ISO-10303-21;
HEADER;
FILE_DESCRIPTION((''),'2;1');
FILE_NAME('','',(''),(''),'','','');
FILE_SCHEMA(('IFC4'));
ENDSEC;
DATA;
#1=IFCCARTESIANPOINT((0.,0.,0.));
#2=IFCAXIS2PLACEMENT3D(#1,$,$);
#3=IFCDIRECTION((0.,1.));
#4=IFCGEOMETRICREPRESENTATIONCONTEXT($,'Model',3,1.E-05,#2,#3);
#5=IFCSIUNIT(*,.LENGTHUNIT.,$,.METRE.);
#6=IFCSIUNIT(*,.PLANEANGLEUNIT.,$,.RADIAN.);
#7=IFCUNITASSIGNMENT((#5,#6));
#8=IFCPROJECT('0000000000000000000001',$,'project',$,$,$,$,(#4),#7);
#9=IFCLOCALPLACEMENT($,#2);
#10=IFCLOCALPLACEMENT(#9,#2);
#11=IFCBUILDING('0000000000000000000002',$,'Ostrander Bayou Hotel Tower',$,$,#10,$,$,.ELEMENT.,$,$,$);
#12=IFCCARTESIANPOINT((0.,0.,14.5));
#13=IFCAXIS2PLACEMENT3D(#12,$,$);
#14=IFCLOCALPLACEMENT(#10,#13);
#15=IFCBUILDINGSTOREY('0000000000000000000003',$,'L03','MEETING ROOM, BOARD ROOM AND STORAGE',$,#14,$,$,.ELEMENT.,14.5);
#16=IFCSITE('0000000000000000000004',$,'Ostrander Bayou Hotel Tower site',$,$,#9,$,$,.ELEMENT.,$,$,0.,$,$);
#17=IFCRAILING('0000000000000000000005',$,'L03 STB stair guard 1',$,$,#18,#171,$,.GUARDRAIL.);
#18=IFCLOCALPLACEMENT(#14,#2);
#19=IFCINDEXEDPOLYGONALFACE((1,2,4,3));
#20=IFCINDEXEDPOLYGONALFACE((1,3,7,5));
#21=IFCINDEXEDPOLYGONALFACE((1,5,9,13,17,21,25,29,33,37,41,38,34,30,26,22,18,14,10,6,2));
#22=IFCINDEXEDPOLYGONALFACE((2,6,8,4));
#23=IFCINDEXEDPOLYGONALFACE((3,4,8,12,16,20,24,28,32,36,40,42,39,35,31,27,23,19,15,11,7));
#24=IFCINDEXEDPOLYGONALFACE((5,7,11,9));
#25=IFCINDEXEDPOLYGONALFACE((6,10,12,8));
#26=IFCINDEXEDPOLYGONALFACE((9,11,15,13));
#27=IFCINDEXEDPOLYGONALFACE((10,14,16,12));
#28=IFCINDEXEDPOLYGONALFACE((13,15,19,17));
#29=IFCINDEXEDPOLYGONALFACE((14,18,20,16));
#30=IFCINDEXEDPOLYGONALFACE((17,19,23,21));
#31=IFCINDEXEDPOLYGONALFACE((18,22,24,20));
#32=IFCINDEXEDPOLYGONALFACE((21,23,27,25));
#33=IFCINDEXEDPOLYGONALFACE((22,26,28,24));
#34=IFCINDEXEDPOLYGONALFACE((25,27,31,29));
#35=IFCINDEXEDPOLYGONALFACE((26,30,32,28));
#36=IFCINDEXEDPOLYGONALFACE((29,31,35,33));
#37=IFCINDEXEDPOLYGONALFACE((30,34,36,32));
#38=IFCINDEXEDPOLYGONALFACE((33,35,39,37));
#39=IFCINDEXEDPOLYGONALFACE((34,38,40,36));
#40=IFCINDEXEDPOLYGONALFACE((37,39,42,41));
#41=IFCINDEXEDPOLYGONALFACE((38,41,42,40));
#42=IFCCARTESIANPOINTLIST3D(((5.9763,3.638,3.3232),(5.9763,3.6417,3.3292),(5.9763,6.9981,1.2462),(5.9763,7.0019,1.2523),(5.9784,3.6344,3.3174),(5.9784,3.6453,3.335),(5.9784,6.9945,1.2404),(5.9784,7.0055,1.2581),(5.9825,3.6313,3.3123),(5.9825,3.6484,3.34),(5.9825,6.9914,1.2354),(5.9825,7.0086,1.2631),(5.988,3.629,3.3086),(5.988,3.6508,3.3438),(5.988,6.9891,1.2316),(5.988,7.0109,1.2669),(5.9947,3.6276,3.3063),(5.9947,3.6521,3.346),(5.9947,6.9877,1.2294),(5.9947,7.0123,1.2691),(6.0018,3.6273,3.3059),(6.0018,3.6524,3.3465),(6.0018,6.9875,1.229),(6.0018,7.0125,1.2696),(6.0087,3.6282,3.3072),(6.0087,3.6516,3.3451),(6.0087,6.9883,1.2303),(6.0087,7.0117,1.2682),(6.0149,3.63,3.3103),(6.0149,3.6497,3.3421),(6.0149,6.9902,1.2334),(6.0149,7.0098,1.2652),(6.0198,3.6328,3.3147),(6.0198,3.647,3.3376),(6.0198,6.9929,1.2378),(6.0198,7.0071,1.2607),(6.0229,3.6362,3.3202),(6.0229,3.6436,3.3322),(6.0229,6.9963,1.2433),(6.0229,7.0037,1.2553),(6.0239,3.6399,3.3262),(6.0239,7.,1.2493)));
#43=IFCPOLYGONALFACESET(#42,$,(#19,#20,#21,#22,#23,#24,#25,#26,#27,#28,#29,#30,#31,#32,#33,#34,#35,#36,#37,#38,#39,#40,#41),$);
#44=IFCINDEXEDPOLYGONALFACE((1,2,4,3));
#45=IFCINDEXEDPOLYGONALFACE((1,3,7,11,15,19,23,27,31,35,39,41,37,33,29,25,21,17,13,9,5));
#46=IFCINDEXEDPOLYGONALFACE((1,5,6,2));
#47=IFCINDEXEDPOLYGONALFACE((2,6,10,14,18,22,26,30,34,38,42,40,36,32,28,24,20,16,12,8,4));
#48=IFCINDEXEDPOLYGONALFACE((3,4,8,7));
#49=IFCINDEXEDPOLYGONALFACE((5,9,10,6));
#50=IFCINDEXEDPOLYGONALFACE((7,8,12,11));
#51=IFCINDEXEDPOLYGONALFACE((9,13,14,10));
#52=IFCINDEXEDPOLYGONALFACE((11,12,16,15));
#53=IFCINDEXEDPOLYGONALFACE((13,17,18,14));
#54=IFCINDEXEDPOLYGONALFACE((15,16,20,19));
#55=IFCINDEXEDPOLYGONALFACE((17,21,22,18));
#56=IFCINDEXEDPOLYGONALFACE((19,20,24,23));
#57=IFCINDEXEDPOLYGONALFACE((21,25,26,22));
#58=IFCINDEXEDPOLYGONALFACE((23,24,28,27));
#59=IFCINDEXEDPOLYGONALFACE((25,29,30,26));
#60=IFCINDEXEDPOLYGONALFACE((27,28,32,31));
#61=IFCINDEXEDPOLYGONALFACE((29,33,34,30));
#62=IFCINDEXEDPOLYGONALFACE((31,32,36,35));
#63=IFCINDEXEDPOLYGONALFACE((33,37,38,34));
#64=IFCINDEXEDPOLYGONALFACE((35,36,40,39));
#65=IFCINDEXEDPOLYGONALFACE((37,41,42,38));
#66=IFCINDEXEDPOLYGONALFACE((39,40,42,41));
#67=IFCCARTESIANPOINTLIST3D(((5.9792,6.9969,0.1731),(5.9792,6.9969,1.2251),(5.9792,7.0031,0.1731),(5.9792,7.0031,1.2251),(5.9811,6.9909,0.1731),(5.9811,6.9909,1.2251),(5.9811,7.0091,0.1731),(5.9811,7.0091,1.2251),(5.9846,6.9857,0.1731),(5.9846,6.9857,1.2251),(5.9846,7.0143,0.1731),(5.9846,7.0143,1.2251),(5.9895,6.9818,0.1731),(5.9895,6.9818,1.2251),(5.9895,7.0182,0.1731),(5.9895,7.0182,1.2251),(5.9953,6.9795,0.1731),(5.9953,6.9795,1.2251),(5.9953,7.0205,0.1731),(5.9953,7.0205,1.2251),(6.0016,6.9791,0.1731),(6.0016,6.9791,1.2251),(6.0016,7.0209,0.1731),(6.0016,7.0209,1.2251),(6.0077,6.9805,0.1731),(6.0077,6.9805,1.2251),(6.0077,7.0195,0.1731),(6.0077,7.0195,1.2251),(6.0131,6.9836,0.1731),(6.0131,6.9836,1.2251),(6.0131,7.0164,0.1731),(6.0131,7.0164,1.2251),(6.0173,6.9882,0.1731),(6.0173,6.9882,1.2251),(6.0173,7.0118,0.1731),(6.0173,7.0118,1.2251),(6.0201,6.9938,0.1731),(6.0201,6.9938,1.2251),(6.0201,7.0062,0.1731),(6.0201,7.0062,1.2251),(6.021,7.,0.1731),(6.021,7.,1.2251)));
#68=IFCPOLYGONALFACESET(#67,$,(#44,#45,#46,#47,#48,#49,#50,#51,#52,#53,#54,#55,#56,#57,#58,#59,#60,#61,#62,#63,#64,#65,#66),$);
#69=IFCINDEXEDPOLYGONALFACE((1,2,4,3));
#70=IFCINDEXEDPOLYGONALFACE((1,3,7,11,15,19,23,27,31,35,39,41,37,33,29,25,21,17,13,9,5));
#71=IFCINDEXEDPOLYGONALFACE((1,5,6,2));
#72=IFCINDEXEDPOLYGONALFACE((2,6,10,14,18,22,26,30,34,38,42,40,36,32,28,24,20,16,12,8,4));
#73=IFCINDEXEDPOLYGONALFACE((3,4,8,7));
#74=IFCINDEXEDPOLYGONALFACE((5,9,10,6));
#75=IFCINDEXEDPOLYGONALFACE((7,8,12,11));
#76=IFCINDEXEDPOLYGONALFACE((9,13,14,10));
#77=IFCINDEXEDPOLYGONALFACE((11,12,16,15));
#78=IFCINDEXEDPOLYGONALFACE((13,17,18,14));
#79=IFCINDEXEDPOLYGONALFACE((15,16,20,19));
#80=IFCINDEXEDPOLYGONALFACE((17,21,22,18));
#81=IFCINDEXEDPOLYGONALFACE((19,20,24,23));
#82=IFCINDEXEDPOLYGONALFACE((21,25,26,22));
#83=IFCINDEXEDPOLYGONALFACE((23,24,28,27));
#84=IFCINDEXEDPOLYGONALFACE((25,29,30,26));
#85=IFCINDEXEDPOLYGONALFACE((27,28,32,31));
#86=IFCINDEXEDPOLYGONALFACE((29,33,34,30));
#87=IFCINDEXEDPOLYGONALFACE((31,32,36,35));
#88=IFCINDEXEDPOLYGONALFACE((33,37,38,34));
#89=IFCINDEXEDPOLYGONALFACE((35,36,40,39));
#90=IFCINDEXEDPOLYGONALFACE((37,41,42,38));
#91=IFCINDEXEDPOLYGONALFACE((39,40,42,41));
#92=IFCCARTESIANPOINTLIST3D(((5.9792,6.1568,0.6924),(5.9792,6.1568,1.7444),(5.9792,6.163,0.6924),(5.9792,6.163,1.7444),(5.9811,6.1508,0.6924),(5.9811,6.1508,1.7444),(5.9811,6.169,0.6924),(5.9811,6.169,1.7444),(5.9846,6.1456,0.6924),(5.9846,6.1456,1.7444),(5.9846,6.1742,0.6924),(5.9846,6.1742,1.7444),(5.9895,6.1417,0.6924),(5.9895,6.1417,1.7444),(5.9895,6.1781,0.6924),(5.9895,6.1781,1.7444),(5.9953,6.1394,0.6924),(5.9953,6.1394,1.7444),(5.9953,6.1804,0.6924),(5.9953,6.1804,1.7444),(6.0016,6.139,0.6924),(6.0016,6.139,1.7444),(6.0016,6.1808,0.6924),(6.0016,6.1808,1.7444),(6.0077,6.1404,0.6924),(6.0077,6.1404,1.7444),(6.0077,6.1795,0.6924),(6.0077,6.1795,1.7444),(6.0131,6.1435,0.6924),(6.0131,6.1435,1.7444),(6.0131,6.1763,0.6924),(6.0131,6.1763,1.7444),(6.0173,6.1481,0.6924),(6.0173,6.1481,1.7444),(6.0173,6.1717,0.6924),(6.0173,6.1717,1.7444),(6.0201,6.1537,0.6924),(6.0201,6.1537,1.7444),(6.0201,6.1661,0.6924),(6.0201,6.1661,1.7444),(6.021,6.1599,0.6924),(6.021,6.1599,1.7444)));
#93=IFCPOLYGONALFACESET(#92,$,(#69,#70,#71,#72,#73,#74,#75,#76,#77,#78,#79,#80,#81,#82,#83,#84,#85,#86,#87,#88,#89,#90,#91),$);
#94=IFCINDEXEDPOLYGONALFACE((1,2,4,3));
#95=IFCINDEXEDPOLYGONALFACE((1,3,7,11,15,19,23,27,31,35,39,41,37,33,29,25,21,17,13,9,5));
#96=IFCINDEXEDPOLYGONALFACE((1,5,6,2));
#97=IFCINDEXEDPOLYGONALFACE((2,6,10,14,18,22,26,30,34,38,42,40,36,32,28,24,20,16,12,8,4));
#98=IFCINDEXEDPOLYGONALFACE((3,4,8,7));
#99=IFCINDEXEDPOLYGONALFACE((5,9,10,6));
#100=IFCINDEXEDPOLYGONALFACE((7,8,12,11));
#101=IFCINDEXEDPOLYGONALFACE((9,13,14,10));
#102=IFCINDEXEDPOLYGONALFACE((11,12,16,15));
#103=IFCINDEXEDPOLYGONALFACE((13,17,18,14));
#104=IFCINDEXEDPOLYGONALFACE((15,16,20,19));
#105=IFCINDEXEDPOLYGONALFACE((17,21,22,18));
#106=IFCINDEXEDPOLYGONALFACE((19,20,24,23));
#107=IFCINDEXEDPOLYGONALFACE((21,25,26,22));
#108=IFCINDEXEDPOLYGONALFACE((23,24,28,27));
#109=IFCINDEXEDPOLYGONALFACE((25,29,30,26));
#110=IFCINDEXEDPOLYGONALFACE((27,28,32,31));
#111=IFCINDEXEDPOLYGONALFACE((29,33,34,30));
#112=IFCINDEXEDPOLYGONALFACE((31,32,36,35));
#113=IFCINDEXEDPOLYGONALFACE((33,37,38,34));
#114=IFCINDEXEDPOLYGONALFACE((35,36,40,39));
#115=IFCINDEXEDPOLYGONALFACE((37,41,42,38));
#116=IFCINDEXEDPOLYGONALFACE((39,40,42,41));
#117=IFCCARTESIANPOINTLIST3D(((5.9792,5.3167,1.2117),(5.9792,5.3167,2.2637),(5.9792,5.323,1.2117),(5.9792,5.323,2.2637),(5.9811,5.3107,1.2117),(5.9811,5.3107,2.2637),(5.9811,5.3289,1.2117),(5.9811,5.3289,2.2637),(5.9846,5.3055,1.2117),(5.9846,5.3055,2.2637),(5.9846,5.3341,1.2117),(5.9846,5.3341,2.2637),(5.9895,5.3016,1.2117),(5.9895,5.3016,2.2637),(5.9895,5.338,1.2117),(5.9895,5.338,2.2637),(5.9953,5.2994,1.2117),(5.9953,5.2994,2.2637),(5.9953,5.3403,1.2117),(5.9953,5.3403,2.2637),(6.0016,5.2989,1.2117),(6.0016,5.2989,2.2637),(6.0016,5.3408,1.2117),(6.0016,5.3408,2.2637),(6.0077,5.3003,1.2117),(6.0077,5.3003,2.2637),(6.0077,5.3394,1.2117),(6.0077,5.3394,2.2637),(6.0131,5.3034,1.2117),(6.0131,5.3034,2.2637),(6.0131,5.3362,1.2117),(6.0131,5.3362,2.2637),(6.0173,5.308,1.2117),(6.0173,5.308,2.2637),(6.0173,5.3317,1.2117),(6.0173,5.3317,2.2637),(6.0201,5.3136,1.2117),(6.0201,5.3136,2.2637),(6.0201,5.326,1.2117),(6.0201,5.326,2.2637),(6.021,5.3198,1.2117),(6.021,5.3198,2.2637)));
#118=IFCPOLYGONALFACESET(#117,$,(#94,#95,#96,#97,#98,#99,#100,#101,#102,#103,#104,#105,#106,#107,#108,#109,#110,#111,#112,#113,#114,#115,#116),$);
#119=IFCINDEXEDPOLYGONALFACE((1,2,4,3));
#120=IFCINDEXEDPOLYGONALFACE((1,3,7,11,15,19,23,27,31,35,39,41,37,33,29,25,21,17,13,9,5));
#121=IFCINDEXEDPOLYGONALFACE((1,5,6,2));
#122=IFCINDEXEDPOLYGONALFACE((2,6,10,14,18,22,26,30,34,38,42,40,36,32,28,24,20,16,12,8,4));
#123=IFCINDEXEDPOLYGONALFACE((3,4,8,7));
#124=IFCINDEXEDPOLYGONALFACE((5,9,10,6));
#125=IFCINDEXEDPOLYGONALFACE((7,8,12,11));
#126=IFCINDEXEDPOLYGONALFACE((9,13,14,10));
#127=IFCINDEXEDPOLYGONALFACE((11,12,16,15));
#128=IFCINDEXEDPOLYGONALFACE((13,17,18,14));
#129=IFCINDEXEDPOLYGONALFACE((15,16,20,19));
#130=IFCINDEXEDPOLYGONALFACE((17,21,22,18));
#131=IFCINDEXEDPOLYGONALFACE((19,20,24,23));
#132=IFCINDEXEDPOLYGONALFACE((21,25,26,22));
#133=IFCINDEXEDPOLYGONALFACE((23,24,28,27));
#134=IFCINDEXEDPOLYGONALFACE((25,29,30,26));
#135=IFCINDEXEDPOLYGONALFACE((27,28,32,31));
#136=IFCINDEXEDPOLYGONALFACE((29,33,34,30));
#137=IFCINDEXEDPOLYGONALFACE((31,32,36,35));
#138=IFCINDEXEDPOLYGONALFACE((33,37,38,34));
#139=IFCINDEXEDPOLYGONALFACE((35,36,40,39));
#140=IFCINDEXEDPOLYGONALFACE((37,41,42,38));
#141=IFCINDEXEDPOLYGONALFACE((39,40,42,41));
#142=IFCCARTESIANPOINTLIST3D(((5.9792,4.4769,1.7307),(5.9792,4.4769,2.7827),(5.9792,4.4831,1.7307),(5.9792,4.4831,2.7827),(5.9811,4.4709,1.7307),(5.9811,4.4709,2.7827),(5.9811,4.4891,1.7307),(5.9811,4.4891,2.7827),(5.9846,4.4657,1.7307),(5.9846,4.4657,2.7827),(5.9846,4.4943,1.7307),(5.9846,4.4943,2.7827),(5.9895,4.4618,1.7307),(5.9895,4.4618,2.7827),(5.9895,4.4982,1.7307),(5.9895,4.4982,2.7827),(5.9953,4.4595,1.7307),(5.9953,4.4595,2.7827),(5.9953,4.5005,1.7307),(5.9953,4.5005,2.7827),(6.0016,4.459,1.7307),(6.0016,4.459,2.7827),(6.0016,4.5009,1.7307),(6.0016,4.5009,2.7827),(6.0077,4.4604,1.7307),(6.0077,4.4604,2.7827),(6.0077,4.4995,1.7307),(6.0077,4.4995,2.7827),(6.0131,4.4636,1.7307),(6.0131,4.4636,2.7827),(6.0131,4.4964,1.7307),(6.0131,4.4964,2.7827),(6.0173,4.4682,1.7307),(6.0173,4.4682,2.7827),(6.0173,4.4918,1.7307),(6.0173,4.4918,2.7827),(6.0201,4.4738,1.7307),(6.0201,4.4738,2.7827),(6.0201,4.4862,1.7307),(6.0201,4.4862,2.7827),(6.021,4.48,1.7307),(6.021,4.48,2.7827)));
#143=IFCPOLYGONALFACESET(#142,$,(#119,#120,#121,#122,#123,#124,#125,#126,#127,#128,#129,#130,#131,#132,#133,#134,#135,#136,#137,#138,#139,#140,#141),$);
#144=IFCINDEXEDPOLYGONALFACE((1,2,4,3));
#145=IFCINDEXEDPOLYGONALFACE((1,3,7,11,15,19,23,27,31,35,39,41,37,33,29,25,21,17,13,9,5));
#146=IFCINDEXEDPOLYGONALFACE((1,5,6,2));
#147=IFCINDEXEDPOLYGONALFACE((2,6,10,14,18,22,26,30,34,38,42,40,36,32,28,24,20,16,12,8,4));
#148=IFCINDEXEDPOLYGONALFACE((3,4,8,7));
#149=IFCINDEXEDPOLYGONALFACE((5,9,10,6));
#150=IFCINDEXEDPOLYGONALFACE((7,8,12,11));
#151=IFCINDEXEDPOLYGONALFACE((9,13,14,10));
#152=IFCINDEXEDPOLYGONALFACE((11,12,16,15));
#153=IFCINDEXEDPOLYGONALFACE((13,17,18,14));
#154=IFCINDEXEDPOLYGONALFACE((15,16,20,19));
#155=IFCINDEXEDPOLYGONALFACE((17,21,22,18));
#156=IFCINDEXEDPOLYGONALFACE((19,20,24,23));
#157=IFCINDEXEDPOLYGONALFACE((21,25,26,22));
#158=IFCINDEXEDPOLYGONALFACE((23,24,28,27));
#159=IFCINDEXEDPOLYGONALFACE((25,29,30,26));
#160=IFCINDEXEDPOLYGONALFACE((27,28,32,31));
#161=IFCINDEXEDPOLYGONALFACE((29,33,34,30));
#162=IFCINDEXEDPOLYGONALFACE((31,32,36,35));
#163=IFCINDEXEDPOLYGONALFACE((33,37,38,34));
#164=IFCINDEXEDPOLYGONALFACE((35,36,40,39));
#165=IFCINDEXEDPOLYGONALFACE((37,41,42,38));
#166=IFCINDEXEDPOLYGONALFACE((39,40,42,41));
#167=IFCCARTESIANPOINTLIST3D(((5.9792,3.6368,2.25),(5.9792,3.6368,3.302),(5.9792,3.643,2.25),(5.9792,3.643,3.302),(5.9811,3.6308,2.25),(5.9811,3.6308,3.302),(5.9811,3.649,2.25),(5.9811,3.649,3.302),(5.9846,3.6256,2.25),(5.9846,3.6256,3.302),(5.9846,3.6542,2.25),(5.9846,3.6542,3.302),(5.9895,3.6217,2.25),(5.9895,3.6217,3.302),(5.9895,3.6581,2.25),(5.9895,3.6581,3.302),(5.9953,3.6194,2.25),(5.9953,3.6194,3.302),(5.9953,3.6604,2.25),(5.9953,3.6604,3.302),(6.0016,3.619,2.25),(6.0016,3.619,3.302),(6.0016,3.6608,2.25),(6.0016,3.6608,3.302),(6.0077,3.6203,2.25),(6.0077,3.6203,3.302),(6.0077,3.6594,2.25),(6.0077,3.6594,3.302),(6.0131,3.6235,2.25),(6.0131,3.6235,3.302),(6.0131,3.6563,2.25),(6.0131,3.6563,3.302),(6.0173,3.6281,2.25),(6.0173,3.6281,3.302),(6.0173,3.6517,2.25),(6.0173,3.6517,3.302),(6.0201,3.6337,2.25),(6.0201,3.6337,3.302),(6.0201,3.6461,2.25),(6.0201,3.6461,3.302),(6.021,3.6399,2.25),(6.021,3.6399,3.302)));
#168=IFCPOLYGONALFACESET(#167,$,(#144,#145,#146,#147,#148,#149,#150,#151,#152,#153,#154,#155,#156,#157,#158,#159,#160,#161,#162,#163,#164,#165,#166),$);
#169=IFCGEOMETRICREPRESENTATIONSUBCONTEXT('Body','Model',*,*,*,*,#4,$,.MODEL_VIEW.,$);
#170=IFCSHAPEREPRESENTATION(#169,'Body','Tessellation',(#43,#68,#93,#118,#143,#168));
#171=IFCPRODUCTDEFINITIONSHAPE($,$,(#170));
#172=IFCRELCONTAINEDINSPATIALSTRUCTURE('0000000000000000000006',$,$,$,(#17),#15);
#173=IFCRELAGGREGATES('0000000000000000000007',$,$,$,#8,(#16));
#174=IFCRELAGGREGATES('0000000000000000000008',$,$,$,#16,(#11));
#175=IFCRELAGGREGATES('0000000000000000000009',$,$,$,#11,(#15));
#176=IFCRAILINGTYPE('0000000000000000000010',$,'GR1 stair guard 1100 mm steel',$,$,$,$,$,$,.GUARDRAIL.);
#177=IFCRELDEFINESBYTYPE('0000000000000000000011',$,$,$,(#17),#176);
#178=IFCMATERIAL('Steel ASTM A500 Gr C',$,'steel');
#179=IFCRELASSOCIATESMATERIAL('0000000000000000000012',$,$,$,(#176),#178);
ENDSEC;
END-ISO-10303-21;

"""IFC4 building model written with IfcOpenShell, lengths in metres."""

from ifc_helpers import new_model, si_unit, direction, frame, origin, origin_2d, place, context, subcontext, project, spatial, circle, extrude, material, type_object, element, save


model = new_model("IFC4")

# Units and contexts
model_context = context("Model", 3, precision=1e-05, world=origin(), true_north=direction((0.0, 1.0)))
body_context = subcontext(model_context, "Body", "Model", "MODEL_VIEW")
ifc_project = project(units=[si_unit("LENGTHUNIT", "METRE"), si_unit("PLANEANGLEUNIT", "RADIAN")], contexts=[model_context])

# Site, building, storey
site_placement = place(None, origin())
site = spatial("IfcSite", under=ifc_project, at=site_placement, Name="Ostrander Bayou Hotel Tower site", CompositionType="ELEMENT", RefElevation=0.0)
building_placement = place(site_placement, origin())
building = spatial("IfcBuilding", under=site, at=building_placement, Name="Ostrander Bayou Hotel Tower", CompositionType="ELEMENT")
storey_placement = place(building_placement, frame((0.0, 0.0, 14.5)))
storey = spatial("IfcBuildingStorey", under=building, at=storey_placement, Name="L03", Description="MEETING ROOM, BOARD ROOM AND STORAGE", CompositionType="ELEMENT", Elevation=14.5)

# Railing
ifc_material_1 = material(Name="Steel ASTM A500 Gr C", Category="steel")
railing_type_1 = type_object("IfcRailingType", Name="GR1 stair guard 1100 mm steel", PredefinedType="GUARDRAIL", material=ifc_material_1)
railing_1_placement = place(storey_placement, frame((6.0, 7.0, 0.1731)))
element("IfcRailing", 1, at=railing_1_placement, inside=storey, type_object=railing_type_1, Name="L03 STB stair guard 1", PredefinedType="GUARDRAIL", context=body_context, shape_type="SweptSolid", body=[
    extrude(circle(Radius=0.0239, at=origin_2d()), frame((0.0, 0.0, 1.0762), z_axis=(0.0, -0.850623, 0.525776), x_axis=(1.0, 0.0, 0.0)), (0.0, 0.0, 1.0), 3.9502),
    extrude(circle(Radius=0.021, at=origin_2d()), origin(), (0.0, 0.0, 1.0), 1.052),
    extrude(circle(Radius=0.021, at=origin_2d()), frame((0.0, -0.8401, 0.5193)), (0.0, 0.0, 1.0), 1.052),
    extrude(circle(Radius=0.021, at=origin_2d()), frame((0.0, -1.6802, 1.0386)), (0.0, 0.0, 1.0), 1.052),
    extrude(circle(Radius=0.021, at=origin_2d()), frame((0.0, -2.52, 1.5576)), (0.0, 0.0, 1.0), 1.052),
    extrude(circle(Radius=0.021, at=origin_2d()), frame((0.0, -3.3601, 2.0769)), (0.0, 0.0, 1.0), 1.052),
])

save(model, "model.ifc")
